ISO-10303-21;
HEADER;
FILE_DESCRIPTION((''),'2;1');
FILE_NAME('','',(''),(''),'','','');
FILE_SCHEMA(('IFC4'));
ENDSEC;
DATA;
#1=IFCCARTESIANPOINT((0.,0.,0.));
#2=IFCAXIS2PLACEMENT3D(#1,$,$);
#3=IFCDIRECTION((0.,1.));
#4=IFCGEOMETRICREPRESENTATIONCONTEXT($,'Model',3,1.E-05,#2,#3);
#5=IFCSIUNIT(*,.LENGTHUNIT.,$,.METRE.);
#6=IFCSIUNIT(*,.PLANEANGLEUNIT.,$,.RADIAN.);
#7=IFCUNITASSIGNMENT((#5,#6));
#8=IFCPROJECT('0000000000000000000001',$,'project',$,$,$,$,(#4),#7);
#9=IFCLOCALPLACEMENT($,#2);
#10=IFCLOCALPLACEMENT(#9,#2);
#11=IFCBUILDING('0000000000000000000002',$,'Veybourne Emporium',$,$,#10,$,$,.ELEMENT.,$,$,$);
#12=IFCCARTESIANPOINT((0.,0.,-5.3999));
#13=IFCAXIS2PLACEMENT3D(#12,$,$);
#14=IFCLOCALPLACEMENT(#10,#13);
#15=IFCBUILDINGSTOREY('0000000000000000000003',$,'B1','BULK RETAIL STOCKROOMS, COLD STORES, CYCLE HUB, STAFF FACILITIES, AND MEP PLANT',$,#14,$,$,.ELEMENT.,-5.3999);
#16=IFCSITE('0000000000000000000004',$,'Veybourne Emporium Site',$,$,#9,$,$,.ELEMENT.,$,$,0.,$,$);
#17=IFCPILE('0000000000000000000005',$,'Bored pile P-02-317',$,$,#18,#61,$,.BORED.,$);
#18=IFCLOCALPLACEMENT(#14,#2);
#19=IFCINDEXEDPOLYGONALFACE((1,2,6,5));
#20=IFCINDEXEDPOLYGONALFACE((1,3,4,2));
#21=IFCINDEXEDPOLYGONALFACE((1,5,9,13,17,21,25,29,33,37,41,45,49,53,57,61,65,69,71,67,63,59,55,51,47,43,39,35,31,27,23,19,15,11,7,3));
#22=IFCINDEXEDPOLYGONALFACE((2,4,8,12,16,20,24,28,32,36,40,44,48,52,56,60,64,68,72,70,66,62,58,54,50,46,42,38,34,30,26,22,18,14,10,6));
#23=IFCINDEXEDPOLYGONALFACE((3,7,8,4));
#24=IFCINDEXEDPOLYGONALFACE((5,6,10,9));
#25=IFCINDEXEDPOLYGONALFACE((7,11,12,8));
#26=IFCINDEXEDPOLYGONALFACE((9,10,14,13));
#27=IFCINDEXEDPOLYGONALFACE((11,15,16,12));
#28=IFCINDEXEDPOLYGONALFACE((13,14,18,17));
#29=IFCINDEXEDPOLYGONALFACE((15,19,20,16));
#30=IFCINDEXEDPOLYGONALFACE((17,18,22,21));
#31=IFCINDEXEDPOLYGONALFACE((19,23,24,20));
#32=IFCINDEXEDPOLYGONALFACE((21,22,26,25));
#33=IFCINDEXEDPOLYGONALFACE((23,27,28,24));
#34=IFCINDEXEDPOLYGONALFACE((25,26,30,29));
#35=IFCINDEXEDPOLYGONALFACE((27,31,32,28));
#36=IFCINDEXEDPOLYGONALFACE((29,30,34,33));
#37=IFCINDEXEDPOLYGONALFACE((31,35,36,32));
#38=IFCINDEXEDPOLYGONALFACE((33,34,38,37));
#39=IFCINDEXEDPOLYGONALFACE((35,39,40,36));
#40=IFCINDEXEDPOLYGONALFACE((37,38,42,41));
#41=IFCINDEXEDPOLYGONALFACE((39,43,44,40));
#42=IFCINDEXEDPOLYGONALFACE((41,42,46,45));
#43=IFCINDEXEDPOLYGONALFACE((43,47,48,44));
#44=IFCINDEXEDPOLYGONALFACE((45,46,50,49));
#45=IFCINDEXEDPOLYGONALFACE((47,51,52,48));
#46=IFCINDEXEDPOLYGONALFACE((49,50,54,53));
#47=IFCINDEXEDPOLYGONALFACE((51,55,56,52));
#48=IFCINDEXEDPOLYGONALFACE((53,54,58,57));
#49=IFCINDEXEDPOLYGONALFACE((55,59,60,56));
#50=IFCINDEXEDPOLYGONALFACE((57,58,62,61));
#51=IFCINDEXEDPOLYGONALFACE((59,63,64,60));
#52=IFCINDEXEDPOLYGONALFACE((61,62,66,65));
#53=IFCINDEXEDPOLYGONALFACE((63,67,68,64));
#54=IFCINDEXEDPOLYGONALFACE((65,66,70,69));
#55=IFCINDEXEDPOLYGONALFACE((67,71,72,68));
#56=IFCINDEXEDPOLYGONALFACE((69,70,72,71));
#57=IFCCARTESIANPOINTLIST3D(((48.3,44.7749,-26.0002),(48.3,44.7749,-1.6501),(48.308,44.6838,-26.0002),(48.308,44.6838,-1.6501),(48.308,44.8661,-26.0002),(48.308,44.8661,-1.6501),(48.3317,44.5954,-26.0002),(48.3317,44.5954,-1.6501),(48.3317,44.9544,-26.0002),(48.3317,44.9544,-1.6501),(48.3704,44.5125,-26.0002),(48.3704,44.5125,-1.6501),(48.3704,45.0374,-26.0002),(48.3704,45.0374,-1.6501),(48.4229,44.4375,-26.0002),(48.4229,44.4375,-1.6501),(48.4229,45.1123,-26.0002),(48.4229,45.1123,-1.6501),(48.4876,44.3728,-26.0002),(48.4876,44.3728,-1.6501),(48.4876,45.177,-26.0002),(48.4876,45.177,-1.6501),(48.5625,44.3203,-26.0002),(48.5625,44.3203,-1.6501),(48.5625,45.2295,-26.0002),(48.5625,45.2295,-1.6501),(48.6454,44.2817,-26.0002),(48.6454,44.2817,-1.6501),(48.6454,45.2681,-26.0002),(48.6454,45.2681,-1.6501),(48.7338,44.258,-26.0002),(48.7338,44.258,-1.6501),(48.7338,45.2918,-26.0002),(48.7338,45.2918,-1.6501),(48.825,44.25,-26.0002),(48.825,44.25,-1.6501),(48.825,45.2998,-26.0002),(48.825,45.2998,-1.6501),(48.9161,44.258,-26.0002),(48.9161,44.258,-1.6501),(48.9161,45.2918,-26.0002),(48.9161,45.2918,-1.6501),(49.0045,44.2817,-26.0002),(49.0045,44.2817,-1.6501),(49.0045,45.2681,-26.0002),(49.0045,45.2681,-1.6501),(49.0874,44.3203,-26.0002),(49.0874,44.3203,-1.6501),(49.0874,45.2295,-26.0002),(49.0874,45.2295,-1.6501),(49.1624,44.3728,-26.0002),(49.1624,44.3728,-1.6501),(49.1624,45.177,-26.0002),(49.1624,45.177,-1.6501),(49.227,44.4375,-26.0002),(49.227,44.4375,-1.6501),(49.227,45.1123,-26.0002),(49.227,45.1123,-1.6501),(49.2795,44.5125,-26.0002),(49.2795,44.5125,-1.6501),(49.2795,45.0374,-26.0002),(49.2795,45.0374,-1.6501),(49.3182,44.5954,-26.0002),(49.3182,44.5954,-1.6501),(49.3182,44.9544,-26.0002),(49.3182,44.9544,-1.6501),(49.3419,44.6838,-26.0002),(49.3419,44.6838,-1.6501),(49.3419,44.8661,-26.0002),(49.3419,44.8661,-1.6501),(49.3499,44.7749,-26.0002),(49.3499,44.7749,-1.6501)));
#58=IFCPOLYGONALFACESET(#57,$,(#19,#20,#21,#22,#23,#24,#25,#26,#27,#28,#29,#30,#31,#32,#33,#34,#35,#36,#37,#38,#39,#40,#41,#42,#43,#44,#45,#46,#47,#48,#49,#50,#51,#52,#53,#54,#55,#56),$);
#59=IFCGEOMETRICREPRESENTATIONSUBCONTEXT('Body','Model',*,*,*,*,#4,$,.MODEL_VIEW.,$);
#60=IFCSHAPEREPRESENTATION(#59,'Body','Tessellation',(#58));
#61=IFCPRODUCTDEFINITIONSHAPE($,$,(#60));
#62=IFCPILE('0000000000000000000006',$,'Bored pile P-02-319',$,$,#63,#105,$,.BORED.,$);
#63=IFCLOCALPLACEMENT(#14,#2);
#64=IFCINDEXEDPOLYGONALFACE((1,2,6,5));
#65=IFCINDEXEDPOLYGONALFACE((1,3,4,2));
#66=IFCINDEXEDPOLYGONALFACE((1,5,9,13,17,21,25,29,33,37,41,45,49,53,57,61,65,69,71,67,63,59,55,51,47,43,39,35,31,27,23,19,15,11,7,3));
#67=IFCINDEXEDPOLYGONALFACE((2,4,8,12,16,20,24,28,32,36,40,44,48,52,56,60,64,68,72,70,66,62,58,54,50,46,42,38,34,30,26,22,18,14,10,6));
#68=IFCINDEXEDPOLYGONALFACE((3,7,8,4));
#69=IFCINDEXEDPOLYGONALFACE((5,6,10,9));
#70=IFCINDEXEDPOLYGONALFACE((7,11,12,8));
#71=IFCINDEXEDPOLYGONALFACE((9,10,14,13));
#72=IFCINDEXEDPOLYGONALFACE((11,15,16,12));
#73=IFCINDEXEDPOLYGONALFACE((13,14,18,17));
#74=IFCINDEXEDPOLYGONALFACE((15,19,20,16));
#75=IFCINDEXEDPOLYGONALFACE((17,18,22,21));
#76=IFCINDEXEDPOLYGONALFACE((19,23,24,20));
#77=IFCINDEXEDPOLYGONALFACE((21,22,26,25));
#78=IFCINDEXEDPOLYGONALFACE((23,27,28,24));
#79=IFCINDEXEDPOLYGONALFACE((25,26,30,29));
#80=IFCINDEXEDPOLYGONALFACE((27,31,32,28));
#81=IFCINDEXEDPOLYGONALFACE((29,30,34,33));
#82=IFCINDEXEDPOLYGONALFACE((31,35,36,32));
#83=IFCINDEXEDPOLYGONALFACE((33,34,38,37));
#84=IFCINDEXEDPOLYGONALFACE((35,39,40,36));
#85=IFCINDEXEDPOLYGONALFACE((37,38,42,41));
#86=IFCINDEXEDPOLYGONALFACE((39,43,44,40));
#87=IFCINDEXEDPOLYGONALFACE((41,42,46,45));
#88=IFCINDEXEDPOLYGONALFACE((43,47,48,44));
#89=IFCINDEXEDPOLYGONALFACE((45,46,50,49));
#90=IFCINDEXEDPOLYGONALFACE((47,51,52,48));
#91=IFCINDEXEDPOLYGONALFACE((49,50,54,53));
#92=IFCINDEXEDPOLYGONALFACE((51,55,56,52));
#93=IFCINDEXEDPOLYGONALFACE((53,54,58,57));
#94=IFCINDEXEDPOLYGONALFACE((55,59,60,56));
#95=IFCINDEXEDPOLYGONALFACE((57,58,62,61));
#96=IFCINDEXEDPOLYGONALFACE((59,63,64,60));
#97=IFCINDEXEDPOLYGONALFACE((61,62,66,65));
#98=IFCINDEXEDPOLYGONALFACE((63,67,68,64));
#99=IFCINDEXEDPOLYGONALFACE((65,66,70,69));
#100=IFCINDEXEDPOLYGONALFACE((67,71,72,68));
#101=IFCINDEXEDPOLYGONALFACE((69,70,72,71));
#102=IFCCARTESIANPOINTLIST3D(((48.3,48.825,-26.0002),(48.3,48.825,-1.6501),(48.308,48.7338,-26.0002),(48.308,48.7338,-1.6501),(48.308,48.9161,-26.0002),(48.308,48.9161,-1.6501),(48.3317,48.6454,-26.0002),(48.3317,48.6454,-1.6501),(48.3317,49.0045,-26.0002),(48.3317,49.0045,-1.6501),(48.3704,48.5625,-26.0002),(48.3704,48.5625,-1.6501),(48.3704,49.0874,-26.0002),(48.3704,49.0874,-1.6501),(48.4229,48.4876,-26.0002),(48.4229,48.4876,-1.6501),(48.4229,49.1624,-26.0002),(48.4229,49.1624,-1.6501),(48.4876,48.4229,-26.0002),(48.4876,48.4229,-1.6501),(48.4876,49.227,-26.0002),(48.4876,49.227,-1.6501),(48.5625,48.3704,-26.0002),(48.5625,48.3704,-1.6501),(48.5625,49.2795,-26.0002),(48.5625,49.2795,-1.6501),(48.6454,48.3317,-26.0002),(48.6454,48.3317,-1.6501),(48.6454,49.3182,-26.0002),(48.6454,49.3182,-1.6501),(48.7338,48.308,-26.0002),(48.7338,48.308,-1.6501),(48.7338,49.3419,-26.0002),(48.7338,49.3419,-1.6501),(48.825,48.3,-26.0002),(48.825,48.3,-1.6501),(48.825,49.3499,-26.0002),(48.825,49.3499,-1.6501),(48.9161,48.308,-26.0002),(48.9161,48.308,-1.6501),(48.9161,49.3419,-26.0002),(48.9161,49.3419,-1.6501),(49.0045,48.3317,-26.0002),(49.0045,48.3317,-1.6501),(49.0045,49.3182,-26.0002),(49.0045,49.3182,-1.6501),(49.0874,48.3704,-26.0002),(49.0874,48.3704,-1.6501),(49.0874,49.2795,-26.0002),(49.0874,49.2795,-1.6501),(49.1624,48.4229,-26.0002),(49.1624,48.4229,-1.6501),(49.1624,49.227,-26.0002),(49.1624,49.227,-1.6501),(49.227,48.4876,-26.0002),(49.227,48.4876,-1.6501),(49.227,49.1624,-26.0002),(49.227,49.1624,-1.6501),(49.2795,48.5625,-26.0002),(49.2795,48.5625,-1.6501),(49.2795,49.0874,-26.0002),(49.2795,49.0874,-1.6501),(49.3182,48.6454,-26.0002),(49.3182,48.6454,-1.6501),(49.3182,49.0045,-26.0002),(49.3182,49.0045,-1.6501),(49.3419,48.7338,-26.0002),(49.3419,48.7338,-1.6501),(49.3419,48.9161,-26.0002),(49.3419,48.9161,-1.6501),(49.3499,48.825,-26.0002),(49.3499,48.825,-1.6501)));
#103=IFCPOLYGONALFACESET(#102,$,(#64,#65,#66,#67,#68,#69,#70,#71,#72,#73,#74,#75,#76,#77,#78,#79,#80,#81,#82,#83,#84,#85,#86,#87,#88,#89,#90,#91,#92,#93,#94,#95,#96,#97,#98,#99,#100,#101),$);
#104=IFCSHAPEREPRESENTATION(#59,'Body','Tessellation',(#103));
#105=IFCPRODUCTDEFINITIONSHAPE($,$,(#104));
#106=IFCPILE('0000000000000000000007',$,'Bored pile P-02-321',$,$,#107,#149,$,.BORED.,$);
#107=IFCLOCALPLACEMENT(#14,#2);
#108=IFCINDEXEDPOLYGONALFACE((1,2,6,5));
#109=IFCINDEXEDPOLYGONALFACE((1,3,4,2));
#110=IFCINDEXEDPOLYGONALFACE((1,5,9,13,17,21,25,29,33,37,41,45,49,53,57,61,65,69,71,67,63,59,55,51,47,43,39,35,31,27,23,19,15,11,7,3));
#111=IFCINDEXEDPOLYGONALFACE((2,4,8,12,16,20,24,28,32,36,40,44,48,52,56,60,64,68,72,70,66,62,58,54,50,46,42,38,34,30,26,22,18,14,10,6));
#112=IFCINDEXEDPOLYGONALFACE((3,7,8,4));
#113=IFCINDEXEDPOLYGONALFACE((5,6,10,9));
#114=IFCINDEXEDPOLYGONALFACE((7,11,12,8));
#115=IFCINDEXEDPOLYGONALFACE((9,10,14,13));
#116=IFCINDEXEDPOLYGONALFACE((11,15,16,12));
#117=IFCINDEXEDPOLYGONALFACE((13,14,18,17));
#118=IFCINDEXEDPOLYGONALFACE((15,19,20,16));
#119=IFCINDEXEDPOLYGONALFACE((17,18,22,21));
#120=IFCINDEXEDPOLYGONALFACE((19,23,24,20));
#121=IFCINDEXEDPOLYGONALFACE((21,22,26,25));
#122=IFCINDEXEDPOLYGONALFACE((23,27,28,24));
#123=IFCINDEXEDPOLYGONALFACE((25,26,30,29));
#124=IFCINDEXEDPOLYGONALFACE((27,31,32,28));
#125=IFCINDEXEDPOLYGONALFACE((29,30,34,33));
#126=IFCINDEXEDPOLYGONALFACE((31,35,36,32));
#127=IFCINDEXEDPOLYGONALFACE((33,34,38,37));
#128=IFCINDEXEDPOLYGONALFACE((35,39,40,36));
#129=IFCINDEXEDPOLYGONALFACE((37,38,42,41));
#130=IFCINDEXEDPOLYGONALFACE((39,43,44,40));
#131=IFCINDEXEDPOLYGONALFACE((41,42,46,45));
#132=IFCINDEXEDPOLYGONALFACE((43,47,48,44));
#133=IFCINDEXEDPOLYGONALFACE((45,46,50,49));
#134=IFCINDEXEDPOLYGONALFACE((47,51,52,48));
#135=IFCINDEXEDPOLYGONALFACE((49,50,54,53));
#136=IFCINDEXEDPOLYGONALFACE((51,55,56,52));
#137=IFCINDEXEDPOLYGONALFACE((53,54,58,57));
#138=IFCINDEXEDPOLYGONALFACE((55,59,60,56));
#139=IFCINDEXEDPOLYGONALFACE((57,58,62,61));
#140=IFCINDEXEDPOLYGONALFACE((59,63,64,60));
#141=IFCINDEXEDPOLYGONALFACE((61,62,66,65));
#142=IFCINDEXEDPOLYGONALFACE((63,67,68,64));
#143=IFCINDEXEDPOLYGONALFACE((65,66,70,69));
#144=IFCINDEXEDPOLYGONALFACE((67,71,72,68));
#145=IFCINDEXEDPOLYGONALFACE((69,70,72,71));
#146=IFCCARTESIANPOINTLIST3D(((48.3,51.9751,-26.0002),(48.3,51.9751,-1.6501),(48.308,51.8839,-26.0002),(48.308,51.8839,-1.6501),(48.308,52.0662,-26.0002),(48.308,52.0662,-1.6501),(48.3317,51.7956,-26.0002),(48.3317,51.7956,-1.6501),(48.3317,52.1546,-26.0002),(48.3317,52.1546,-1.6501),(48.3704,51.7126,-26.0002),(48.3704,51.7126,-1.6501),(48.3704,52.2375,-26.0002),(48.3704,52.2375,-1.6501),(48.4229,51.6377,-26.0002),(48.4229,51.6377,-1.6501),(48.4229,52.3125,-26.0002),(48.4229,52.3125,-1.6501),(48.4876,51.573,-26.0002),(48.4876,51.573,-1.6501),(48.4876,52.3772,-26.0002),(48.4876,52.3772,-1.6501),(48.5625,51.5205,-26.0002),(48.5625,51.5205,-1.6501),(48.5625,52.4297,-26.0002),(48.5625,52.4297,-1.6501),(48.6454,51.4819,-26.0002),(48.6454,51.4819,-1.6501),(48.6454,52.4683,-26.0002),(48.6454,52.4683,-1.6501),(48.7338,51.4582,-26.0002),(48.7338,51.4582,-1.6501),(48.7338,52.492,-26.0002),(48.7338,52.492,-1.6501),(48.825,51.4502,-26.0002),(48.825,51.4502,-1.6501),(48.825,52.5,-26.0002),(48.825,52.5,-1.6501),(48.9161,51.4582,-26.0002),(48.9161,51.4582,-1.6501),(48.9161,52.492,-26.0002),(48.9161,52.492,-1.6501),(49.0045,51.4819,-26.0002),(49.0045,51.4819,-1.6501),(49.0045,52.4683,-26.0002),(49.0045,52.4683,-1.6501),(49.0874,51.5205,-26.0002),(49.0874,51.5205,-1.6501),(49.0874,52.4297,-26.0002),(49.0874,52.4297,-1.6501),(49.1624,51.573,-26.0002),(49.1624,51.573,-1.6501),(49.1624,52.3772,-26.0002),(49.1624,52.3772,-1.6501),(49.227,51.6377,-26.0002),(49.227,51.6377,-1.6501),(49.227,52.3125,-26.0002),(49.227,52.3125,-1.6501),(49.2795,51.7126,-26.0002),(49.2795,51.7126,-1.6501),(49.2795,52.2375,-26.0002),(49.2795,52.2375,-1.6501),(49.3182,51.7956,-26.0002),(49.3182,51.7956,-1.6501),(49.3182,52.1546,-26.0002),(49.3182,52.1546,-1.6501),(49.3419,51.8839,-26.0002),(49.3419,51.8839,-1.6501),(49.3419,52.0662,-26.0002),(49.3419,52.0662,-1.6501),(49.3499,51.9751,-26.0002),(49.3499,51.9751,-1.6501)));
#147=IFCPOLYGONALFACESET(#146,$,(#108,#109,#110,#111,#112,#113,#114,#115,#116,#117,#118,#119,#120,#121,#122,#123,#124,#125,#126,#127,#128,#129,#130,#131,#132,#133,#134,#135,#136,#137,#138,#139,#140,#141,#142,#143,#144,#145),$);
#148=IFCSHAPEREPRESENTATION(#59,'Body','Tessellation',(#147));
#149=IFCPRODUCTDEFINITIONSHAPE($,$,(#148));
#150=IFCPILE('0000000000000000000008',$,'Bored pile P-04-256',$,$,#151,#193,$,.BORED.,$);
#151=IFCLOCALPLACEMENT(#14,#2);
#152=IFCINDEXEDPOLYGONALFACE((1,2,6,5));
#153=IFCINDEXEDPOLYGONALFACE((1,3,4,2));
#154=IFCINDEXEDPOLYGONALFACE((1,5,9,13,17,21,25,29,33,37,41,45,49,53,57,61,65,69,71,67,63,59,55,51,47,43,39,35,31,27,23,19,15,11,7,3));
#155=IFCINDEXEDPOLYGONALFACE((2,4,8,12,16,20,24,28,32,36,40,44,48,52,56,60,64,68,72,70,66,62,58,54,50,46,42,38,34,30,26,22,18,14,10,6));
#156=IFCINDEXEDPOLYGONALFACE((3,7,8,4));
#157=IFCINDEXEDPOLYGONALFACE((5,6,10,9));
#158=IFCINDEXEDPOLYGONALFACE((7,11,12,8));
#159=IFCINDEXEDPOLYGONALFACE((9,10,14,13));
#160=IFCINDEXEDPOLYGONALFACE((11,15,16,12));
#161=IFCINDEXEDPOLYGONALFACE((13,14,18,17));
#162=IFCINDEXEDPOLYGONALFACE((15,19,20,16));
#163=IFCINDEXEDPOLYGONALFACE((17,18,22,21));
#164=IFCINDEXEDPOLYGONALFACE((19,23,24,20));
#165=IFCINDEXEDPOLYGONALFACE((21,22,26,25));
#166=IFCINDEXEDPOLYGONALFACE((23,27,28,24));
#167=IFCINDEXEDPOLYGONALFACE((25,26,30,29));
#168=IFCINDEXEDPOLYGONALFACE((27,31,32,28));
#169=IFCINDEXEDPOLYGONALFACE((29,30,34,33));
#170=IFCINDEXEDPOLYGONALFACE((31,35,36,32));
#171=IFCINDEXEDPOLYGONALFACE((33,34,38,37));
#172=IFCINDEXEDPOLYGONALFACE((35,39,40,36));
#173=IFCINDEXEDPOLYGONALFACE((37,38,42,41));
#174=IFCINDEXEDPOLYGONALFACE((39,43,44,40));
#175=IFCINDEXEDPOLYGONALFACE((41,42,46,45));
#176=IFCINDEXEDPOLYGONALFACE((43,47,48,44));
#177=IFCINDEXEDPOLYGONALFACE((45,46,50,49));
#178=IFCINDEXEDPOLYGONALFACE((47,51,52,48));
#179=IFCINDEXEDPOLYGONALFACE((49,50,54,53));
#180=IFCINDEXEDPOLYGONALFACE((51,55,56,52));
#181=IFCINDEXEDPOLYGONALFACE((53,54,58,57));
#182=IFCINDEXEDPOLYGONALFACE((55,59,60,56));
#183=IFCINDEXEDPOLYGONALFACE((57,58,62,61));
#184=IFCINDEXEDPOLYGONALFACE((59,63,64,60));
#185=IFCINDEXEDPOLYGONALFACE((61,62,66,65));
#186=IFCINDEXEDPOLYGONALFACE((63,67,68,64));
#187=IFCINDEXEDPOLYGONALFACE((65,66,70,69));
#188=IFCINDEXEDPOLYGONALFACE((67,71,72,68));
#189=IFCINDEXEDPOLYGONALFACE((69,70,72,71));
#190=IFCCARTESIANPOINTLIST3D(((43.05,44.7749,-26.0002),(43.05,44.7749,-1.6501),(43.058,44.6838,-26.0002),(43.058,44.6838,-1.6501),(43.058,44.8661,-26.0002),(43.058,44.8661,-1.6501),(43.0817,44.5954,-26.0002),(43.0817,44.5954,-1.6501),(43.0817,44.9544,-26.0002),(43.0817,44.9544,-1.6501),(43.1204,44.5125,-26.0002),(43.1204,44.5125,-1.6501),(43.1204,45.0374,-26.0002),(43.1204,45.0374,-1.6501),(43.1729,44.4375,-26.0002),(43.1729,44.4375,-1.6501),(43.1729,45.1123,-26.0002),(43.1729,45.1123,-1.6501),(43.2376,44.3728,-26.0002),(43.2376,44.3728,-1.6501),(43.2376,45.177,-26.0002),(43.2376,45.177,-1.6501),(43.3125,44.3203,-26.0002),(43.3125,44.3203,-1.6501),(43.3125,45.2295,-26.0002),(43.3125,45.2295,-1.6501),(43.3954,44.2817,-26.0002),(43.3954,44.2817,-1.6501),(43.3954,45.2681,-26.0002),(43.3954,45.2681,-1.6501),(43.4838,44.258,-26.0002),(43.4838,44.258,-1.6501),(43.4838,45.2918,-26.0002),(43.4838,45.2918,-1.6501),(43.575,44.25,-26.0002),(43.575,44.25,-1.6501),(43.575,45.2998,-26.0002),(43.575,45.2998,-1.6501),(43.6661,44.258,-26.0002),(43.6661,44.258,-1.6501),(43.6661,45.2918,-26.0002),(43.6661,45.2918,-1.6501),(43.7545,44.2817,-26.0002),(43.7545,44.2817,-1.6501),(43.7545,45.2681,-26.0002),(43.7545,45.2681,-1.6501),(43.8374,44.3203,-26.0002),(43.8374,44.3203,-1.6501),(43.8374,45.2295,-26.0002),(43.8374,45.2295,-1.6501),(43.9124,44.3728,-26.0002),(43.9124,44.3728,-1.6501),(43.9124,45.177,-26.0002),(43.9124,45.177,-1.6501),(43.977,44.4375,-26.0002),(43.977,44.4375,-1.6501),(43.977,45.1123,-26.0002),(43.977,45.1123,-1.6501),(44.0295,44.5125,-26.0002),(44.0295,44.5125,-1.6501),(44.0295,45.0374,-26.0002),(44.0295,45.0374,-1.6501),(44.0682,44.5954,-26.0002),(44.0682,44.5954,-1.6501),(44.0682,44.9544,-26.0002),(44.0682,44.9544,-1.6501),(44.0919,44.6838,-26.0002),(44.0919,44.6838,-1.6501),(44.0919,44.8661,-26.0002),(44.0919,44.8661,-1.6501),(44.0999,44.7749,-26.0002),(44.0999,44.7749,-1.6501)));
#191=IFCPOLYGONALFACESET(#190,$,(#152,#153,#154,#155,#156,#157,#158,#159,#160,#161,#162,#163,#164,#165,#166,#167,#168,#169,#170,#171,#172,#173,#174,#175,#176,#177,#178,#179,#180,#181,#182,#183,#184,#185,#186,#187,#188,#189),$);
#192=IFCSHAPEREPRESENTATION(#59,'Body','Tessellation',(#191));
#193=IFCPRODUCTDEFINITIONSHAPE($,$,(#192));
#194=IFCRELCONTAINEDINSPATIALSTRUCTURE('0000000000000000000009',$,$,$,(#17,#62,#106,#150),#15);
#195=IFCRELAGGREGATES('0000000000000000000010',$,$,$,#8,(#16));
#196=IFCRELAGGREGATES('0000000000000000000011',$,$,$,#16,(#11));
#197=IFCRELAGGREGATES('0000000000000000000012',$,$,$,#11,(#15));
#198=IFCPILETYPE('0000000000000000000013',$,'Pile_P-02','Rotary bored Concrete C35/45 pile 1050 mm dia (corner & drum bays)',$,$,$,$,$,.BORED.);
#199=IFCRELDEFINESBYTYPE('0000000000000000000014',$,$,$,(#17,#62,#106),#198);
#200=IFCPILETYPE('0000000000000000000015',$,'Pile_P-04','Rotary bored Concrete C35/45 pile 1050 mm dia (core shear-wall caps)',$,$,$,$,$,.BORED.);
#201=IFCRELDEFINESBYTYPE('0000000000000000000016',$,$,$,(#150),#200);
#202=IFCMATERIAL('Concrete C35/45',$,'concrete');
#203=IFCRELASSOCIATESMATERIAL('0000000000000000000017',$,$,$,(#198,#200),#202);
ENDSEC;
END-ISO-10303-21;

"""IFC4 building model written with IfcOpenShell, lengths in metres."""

from ifc_helpers import new_model, si_unit, direction, frame, origin, origin_2d, place, context, subcontext, project, spatial, circle, extrude, material, material_profile, profile_set, type_object, element, save


model = new_model("IFC4")

# Units and contexts
model_context = context("Model", 3, precision=1e-05, world=origin(), true_north=direction((0.0, 1.0)))
body_context = subcontext(model_context, "Body", "Model", "MODEL_VIEW")
ifc_project = project(units=[si_unit("LENGTHUNIT", "METRE"), si_unit("PLANEANGLEUNIT", "RADIAN")], contexts=[model_context])

# Site, building, storey
site_placement = place(None, origin())
site = spatial("IfcSite", under=ifc_project, at=site_placement, Name="Veybourne Emporium Site", CompositionType="ELEMENT", RefElevation=0.0)
building_placement = place(site_placement, origin())
building = spatial("IfcBuilding", under=site, at=building_placement, Name="Veybourne Emporium", CompositionType="ELEMENT")
storey_placement = place(building_placement, frame((0.0, 0.0, -5.3999)))
storey = spatial("IfcBuildingStorey", under=building, at=storey_placement, Name="B1", Description="BULK RETAIL STOCKROOMS, COLD STORES, CYCLE HUB, STAFF FACILITIES, AND MEP PLANT", CompositionType="ELEMENT", Elevation=-5.3999)

# Shared definitions
ifc_material_1 = material(Name="Concrete C35/45", Category="concrete")

# Piles
ifc_material_profile_1 = material_profile(ifc_material_1, circle(Radius=0.5249, at=origin_2d()), Name="BORED PILE 1050")
ifc_profile_set_1 = profile_set([ifc_material_profile_1], Name="Concrete C35/45")
pile_type_1 = type_object("IfcPileType", Name="Pile_P-02", Description="Rotary bored Concrete C35/45 pile 1050 mm dia (corner & drum bays)", PredefinedType="BORED", material=ifc_profile_set_1)
for number, where, z_axis, x_axis, name in (
    (1, (48.825, 44.7749, -1.6501), (0.0, 0.0, -1.0), (1.0, 0.0, 0.0), "Bored pile P-02-317"),
    (2, (48.825, 48.825, -1.6501), (0.0, 0.0, -1.0), (1.0, 0.0, 0.0), "Bored pile P-02-319"),
    (3, (48.825, 51.9751, -1.6501), (0.0, 0.0, -1.0), (1.0, 0.0, 0.0), "Bored pile P-02-321"),
):
    element("IfcPile", number, at=place(storey_placement, frame(where, z_axis=z_axis, x_axis=x_axis)), inside=storey, type_object=pile_type_1, Name=name, PredefinedType="BORED", context=body_context, shape_type="SweptSolid", body=[
        extrude(circle(Radius=0.5249, at=origin_2d()), origin(), (0.0, 0.0, 1.0), 24.3501),
    ])
ifc_material_profile_2 = material_profile(ifc_material_1, circle(Radius=0.5249, at=origin_2d()), Name="BORED PILE 1050")
ifc_profile_set_2 = profile_set([ifc_material_profile_2], Name="Concrete C35/45")
pile_type_2 = type_object("IfcPileType", Name="Pile_P-04", Description="Rotary bored Concrete C35/45 pile 1050 mm dia (core shear-wall caps)", PredefinedType="BORED", material=ifc_profile_set_2)
for number, where, z_axis, x_axis, name in (
    (4, (43.575, 44.7749, -1.6501), (0.0, 0.0, -1.0), (1.0, 0.0, 0.0), "Bored pile P-04-256"),
):
    element("IfcPile", number, at=place(storey_placement, frame(where, z_axis=z_axis, x_axis=x_axis)), inside=storey, type_object=pile_type_2, Name=name, PredefinedType="BORED", context=body_context, shape_type="SweptSolid", body=[
        extrude(circle(Radius=0.5249, at=origin_2d()), origin(), (0.0, 0.0, 1.0), 24.3501),
    ])

save(model, "model.ifc")
